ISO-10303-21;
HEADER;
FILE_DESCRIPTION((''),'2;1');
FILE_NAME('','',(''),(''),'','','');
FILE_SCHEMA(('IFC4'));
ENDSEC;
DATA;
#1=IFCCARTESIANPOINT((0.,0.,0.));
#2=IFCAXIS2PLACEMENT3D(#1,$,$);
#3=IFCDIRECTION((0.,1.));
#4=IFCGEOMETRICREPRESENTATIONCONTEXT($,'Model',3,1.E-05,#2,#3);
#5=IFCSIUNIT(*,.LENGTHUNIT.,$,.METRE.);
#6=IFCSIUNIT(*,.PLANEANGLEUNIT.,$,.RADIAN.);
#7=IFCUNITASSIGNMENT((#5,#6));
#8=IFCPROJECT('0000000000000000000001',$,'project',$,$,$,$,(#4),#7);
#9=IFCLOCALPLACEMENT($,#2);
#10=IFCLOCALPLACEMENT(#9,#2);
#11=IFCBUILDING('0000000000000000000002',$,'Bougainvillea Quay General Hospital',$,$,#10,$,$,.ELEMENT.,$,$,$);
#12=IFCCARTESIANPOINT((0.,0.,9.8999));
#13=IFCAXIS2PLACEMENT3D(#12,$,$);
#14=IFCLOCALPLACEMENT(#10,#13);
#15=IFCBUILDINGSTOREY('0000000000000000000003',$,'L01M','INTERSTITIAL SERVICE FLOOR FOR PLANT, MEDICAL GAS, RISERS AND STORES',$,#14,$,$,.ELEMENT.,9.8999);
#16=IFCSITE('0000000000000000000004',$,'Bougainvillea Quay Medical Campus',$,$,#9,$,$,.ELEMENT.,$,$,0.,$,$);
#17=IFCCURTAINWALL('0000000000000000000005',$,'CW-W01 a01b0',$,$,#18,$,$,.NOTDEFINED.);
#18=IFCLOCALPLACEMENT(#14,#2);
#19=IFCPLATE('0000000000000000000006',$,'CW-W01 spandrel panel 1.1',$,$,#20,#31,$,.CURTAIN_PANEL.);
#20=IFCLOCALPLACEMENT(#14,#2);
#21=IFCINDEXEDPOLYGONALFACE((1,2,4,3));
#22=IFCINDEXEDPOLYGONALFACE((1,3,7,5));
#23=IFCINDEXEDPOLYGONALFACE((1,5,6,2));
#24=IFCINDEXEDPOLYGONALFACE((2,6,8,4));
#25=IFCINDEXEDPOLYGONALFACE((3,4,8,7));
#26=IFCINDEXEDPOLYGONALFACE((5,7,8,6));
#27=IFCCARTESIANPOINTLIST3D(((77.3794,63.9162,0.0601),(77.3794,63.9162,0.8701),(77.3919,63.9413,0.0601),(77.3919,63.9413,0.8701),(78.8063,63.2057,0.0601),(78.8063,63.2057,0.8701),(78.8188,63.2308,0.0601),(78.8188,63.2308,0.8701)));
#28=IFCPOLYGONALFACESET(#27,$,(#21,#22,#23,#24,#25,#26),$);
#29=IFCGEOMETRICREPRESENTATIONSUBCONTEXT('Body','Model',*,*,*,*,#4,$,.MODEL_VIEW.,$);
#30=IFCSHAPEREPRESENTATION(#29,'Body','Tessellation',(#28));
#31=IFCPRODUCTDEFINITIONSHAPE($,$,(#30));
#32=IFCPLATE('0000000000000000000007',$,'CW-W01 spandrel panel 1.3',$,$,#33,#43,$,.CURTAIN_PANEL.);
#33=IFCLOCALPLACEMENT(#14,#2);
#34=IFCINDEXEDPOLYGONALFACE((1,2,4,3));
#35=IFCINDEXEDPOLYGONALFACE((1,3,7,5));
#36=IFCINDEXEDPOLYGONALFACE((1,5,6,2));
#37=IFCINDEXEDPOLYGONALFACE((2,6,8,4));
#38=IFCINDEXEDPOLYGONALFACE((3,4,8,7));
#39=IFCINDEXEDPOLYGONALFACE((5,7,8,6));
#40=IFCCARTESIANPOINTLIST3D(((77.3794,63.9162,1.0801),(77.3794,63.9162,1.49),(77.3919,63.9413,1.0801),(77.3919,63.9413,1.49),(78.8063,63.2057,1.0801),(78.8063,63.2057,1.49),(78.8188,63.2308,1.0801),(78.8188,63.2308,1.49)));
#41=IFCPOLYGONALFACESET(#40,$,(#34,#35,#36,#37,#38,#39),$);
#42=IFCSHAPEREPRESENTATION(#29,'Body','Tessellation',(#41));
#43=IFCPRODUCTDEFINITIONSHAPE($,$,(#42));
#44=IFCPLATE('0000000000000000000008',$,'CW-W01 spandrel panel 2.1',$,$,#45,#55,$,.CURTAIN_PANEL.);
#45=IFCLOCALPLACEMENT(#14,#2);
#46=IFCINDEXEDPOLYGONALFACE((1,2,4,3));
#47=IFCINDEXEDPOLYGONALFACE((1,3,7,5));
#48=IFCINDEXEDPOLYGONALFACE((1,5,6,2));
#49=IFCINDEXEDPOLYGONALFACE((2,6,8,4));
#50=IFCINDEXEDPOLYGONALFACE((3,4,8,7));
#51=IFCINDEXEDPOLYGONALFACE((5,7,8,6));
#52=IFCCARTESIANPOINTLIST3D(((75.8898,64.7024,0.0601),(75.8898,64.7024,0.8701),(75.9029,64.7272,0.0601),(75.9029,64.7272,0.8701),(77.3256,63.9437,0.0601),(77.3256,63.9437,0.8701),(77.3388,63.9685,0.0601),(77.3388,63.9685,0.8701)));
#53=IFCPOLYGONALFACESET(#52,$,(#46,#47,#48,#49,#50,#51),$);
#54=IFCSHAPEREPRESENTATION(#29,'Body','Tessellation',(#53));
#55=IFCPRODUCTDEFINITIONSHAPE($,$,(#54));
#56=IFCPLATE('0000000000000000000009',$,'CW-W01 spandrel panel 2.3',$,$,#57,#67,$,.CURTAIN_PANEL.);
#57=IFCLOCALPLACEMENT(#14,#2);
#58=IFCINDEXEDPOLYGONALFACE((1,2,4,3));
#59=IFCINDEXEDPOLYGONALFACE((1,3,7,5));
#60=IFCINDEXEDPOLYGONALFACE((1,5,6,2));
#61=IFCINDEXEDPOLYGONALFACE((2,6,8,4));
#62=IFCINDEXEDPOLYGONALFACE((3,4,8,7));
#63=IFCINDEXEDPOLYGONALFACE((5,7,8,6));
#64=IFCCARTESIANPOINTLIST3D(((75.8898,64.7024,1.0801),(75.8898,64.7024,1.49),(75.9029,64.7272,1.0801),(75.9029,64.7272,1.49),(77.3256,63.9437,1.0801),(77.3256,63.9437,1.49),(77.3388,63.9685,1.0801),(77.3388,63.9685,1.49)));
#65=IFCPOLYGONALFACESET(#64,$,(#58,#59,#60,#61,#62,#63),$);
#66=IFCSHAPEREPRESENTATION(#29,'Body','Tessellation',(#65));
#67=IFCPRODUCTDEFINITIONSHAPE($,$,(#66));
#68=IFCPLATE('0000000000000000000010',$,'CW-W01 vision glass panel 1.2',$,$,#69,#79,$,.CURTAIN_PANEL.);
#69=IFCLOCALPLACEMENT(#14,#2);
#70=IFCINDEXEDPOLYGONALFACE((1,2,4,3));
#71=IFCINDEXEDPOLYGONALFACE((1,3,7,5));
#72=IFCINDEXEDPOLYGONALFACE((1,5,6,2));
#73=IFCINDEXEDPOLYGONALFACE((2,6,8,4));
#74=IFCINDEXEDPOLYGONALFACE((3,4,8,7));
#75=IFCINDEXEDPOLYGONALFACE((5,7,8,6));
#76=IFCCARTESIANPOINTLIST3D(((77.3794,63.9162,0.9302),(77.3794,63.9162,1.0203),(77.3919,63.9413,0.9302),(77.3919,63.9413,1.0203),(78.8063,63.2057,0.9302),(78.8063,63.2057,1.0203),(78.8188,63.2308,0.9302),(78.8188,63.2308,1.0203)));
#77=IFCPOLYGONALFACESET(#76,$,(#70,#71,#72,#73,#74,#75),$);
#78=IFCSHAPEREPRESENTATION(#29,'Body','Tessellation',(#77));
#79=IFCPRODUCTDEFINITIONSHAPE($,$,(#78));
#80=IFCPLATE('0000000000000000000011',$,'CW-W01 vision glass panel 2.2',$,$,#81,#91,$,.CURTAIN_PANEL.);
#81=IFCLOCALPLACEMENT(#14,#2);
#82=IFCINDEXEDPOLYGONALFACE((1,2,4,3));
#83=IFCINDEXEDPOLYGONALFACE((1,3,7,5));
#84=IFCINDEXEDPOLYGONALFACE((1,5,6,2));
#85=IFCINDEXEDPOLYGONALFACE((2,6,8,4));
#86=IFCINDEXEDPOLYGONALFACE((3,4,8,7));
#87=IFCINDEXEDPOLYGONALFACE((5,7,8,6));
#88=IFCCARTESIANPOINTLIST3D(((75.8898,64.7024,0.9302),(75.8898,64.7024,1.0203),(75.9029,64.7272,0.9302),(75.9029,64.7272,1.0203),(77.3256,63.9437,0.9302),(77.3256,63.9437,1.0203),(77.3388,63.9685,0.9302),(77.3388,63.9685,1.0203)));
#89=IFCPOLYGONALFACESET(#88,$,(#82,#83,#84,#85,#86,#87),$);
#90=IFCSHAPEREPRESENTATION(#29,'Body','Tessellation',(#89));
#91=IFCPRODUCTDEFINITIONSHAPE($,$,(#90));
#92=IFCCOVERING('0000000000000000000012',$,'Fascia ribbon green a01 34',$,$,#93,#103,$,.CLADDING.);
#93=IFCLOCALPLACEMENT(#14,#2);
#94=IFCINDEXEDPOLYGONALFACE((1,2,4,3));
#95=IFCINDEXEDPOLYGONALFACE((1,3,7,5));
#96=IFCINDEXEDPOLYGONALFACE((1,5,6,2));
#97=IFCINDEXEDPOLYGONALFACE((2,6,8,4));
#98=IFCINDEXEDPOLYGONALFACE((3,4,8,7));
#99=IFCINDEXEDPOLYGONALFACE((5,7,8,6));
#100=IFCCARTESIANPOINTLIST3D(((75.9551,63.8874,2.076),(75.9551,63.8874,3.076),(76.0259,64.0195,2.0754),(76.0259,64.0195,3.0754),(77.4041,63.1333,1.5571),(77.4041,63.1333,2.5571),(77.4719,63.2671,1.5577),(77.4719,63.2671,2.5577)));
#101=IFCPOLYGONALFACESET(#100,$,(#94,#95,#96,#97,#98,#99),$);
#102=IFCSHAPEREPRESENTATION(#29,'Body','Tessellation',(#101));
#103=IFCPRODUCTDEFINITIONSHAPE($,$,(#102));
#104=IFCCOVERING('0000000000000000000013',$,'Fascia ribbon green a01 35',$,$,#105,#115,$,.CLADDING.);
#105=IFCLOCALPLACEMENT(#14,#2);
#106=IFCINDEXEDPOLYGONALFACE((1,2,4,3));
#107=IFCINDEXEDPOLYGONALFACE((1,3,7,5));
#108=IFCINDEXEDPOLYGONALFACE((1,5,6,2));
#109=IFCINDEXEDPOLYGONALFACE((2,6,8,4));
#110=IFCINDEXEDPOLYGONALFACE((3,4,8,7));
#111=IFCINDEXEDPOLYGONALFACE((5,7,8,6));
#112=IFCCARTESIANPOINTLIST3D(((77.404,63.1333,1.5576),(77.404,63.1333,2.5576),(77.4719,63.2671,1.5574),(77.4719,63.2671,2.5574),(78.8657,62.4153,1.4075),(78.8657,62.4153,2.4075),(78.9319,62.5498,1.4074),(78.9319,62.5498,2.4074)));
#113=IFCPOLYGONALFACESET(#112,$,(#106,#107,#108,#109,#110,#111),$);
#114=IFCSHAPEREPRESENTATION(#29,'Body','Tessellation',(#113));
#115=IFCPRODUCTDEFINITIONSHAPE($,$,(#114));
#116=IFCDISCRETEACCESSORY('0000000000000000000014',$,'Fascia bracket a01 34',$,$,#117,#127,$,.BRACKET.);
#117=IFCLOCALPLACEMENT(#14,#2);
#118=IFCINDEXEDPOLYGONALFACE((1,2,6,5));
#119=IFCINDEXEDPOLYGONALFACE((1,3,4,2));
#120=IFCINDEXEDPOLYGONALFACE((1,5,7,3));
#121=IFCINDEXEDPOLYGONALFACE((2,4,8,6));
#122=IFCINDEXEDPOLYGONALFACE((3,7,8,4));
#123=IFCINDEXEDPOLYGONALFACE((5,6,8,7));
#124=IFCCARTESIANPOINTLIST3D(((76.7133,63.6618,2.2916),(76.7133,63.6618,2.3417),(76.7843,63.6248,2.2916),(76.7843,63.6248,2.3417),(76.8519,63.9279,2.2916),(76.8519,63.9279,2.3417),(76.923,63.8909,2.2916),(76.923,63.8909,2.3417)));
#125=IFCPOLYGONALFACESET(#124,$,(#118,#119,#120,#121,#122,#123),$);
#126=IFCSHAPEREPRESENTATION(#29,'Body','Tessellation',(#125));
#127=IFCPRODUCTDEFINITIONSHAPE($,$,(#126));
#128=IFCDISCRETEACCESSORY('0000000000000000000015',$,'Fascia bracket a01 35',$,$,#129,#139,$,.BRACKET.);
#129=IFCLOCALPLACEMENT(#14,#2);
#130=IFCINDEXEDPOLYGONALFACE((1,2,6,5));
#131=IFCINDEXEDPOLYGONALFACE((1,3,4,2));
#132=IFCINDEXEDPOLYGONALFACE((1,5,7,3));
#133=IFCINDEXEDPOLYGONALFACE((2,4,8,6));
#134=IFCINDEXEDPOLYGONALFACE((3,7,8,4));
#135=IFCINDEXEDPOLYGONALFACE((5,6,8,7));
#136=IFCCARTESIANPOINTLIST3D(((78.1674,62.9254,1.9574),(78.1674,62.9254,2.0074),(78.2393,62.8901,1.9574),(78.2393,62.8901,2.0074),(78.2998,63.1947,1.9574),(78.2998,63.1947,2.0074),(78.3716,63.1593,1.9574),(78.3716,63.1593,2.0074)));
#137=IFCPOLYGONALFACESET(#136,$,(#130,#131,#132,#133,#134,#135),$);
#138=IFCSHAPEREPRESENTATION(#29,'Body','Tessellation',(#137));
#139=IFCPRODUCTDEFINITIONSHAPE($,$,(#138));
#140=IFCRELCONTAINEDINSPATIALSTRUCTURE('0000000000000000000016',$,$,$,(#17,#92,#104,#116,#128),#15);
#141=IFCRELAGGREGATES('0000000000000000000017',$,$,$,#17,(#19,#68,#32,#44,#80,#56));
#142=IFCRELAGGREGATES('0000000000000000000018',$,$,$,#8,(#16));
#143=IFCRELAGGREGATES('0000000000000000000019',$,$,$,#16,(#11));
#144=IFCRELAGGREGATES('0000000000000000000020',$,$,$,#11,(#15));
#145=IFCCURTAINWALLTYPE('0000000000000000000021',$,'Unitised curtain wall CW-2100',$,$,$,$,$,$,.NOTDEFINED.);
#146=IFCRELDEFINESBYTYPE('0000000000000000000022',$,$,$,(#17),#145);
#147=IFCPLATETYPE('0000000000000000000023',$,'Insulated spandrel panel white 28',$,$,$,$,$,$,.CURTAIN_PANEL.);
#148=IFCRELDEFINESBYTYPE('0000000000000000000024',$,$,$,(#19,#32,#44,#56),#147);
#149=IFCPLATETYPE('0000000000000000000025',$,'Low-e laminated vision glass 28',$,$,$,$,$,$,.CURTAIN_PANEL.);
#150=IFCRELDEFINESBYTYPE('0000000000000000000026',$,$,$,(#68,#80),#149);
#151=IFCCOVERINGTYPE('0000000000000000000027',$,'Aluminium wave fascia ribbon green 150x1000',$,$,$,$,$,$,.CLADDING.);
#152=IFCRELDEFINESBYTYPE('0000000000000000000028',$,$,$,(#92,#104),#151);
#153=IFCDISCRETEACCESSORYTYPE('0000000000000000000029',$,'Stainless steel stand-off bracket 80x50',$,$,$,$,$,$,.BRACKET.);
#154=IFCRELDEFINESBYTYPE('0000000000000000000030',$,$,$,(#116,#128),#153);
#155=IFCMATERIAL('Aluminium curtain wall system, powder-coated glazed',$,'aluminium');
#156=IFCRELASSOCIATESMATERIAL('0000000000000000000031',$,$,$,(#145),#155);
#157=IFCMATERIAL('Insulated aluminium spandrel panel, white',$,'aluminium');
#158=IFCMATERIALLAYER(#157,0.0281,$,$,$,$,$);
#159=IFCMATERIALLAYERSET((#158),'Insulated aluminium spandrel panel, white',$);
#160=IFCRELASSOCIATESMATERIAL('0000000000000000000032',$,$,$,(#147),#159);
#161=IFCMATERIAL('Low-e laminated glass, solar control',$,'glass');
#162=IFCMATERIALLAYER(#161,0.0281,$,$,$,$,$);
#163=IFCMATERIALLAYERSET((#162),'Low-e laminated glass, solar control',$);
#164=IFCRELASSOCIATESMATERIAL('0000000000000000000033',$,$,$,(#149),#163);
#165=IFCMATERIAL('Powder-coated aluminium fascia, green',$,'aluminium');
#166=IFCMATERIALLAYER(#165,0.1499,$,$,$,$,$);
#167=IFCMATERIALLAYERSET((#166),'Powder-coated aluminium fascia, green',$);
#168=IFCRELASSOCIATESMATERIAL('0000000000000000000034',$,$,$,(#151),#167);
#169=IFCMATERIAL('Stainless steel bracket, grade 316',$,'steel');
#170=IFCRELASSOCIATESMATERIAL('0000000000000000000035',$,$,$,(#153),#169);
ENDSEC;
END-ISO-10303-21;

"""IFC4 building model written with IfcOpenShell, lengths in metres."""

from ifc_helpers import new_model, si_unit, direction, frame, origin, origin_2d, place, context, subcontext, project, spatial, polyline, rectangle, outline, extrude, material, layer, layer_set, material_profile, profile_set, type_object, element, aggregate, save


model = new_model("IFC4")

# Units and contexts
model_context = context("Model", 3, precision=1e-05, world=origin(), true_north=direction((0.0, 1.0)))
body_context = subcontext(model_context, "Body", "Model", "MODEL_VIEW")
ifc_project = project(units=[si_unit("LENGTHUNIT", "METRE"), si_unit("PLANEANGLEUNIT", "RADIAN")], contexts=[model_context])

# Site, building, storey
site_placement = place(None, origin())
site = spatial("IfcSite", under=ifc_project, at=site_placement, Name="Bougainvillea Quay Medical Campus", CompositionType="ELEMENT", RefElevation=0.0)
building_placement = place(site_placement, origin())
building = spatial("IfcBuilding", under=site, at=building_placement, Name="Bougainvillea Quay General Hospital", CompositionType="ELEMENT")
storey_placement = place(building_placement, frame((0.0, 0.0, 9.8999)))
storey = spatial("IfcBuildingStorey", under=building, at=storey_placement, Name="L01M", Description="INTERSTITIAL SERVICE FLOOR FOR PLANT, MEDICAL GAS, RISERS AND STORES", CompositionType="ELEMENT", Elevation=9.8999)

# Curtain wall
ifc_material_1 = material(Name="Aluminium curtain wall system, powder-coated glazed", Category="aluminium")
curtain_wall_type_1 = type_object("IfcCurtainWallType", Name="Unitised curtain wall CW-2100", PredefinedType="NOTDEFINED", material=ifc_material_1)
curtain_wall_1_placement = place(storey_placement, origin())
curtain_wall_1 = element("IfcCurtainWall", 1, at=curtain_wall_1_placement, inside=storey, type_object=curtain_wall_type_1, Name="CW-W01 a01b0", PredefinedType="NOTDEFINED")

# Plates
ifc_material_2 = material(Name="Insulated aluminium spandrel panel, white", Category="aluminium")
ifc_layer_1 = layer(ifc_material_2, 0.0281)
ifc_layer_set_1 = layer_set([ifc_layer_1], Name="Insulated aluminium spandrel panel, white")
plate_type_1 = type_object("IfcPlateType", Name="Insulated spandrel panel white 28", PredefinedType="CURTAIN_PANEL", material=ifc_layer_set_1)
plate_1_placement = place(storey_placement, frame((78.0991, 63.5735, 0.0601), z_axis=(0.0, 0.0, 1.0), x_axis=(-0.895167, 0.445731, 0.0)))
plate_1 = element("IfcPlate", 2, at=plate_1_placement, type_object=plate_type_1, Name="CW-W01 spandrel panel 1.1", PredefinedType="CURTAIN_PANEL", context=body_context, shape_type="SweptSolid", body=[
    extrude(rectangle(XDim=1.594, YDim=0.0281, at=origin_2d()), origin(), (0.0, 0.0, 1.0), 0.8101),
])
plate_2_placement = place(storey_placement, frame((78.0991, 63.5735, 1.0801), z_axis=(0.0, 0.0, 1.0), x_axis=(-0.895167, 0.445731, 0.0)))
plate_2 = element("IfcPlate", 3, at=plate_2_placement, type_object=plate_type_1, Name="CW-W01 spandrel panel 1.3", PredefinedType="CURTAIN_PANEL", context=body_context, shape_type="SweptSolid", body=[
    extrude(rectangle(XDim=1.594, YDim=0.0281, at=origin_2d()), origin(), (0.0, 0.0, 1.0), 0.4099),
])
plate_3_placement = place(storey_placement, frame((76.6143, 64.3354, 0.0601), z_axis=(0.0, 0.0, 1.0), x_axis=(-0.884145, 0.467213, 0.0)))
plate_3 = element("IfcPlate", 4, at=plate_3_placement, type_object=plate_type_1, Name="CW-W01 spandrel panel 2.1", PredefinedType="CURTAIN_PANEL", context=body_context, shape_type="SweptSolid", body=[
    extrude(rectangle(XDim=1.624, YDim=0.0281, at=origin_2d()), origin(), (0.0, 0.0, 1.0), 0.8101),
])
plate_4_placement = place(storey_placement, frame((76.6143, 64.3354, 1.0801), z_axis=(0.0, 0.0, 1.0), x_axis=(-0.884145, 0.467213, 0.0)))
plate_4 = element("IfcPlate", 5, at=plate_4_placement, type_object=plate_type_1, Name="CW-W01 spandrel panel 2.3", PredefinedType="CURTAIN_PANEL", context=body_context, shape_type="SweptSolid", body=[
    extrude(rectangle(XDim=1.624, YDim=0.0281, at=origin_2d()), origin(), (0.0, 0.0, 1.0), 0.4099),
])
ifc_material_3 = material(Name="Low-e laminated glass, solar control", Category="glass")
ifc_layer_2 = layer(ifc_material_3, 0.0281)
ifc_layer_set_2 = layer_set([ifc_layer_2], Name="Low-e laminated glass, solar control")
plate_type_2 = type_object("IfcPlateType", Name="Low-e laminated vision glass 28", PredefinedType="CURTAIN_PANEL", material=ifc_layer_set_2)
plate_5_placement = place(storey_placement, frame((78.0991, 63.5735, 0.9302), z_axis=(0.0, 0.0, 1.0), x_axis=(-0.895167, 0.445731, 0.0)))
plate_5 = element("IfcPlate", 6, at=plate_5_placement, type_object=plate_type_2, Name="CW-W01 vision glass panel 1.2", PredefinedType="CURTAIN_PANEL", context=body_context, shape_type="SweptSolid", body=[
    extrude(rectangle(XDim=1.594, YDim=0.0281, at=origin_2d()), origin(), (0.0, 0.0, 1.0), 0.0901),
])
plate_6_placement = place(storey_placement, frame((76.6143, 64.3354, 0.9302), z_axis=(0.0, 0.0, 1.0), x_axis=(-0.884145, 0.467213, 0.0)))
plate_6 = element("IfcPlate", 7, at=plate_6_placement, type_object=plate_type_2, Name="CW-W01 vision glass panel 2.2", PredefinedType="CURTAIN_PANEL", context=body_context, shape_type="SweptSolid", body=[
    extrude(rectangle(XDim=1.624, YDim=0.0281, at=origin_2d()), origin(), (0.0, 0.0, 1.0), 0.0901),
])
aggregate(curtain_wall_1, [plate_1, plate_5, plate_2, plate_3, plate_6, plate_4])

# Coverings
ifc_material_4 = material(Name="Powder-coated aluminium fascia, green", Category="aluminium")
ifc_layer_3 = layer(ifc_material_4, 0.1499)
ifc_layer_set_3 = layer_set([ifc_layer_3], Name="Powder-coated aluminium fascia, green")
covering_type = type_object("IfcCoveringType", Name="Aluminium wave fascia ribbon green 150x1000", PredefinedType="CLADDING", material=ifc_layer_set_3)
covering_1_placement = place(storey_placement, frame((76.0259, 64.0195, 2.0754), z_axis=(0.268412, -0.139998, 0.953077), x_axis=(0.845466, -0.439934, -0.302729)))
element("IfcCovering", 8, at=covering_1_placement, inside=storey, type_object=covering_type, Name="Fascia ribbon green a01 34", PredefinedType="CLADDING", context=body_context, shape_type="SweptSolid", body=[
    extrude(outline(polyline([(0.0, 0.0), (1.7104, 0.0), (1.712, -0.15), (-0.0019, -0.1498), (0.0, 0.0)])), origin(), (-0.302729, 0.00028, 0.953077), 1.0),
])
covering_2_placement = place(storey_placement, frame((77.4719, 63.2671, 1.5574), z_axis=(0.082471, -0.040292, 0.995779), x_axis=(0.893738, -0.439098, -0.091787)))
element("IfcCovering", 9, at=covering_2_placement, inside=storey, type_object=covering_type, Name="Fascia ribbon green a01 35", PredefinedType="CLADDING", context=body_context, shape_type="SweptSolid", body=[
    extrude(outline(polyline([(0.0, 0.0), (1.6335, 0.0), (1.6335, -0.1499), (-0.0019, -0.15), (0.0, 0.0)])), origin(), (-0.091787, -0.000202, 0.995779), 1.0),
])

# Discrete accessories
ifc_material_5 = material(Name="Stainless steel bracket, grade 316", Category="steel")
ifc_material_profile_1 = material_profile(ifc_material_5, rectangle(XDim=0.0801, YDim=0.05, at=origin_2d()))
ifc_profile_set_1 = profile_set([ifc_material_profile_1], Name="Stainless steel bracket, grade 316")
discrete_accessory_type = type_object("IfcDiscreteAccessoryType", Name="Stainless steel stand-off bracket 80x50", PredefinedType="BRACKET", material=ifc_profile_set_1)
for number, where, z_axis, x_axis, name in (
    (10, (76.8875, 63.9094, 2.3167), (-0.462121, -0.886817, 0.0), (0.886817, -0.462121, 0.0), "Fascia bracket a01 34"),
    (11, (78.3357, 63.177, 1.9824), (-0.441019, -0.897498, 0.0), (0.897498, -0.441019, 0.0), "Fascia bracket a01 35"),
):
    element("IfcDiscreteAccessory", number, at=place(storey_placement, frame(where, z_axis=z_axis, x_axis=x_axis)), inside=storey, type_object=discrete_accessory_type, Name=name, PredefinedType="BRACKET", context=body_context, shape_type="SweptSolid", body=[
        extrude(rectangle(XDim=0.0801, YDim=0.05, at=origin_2d()), origin(), (0.0, 0.0, 1.0), 0.3),
    ])

save(model, "model.ifc")
